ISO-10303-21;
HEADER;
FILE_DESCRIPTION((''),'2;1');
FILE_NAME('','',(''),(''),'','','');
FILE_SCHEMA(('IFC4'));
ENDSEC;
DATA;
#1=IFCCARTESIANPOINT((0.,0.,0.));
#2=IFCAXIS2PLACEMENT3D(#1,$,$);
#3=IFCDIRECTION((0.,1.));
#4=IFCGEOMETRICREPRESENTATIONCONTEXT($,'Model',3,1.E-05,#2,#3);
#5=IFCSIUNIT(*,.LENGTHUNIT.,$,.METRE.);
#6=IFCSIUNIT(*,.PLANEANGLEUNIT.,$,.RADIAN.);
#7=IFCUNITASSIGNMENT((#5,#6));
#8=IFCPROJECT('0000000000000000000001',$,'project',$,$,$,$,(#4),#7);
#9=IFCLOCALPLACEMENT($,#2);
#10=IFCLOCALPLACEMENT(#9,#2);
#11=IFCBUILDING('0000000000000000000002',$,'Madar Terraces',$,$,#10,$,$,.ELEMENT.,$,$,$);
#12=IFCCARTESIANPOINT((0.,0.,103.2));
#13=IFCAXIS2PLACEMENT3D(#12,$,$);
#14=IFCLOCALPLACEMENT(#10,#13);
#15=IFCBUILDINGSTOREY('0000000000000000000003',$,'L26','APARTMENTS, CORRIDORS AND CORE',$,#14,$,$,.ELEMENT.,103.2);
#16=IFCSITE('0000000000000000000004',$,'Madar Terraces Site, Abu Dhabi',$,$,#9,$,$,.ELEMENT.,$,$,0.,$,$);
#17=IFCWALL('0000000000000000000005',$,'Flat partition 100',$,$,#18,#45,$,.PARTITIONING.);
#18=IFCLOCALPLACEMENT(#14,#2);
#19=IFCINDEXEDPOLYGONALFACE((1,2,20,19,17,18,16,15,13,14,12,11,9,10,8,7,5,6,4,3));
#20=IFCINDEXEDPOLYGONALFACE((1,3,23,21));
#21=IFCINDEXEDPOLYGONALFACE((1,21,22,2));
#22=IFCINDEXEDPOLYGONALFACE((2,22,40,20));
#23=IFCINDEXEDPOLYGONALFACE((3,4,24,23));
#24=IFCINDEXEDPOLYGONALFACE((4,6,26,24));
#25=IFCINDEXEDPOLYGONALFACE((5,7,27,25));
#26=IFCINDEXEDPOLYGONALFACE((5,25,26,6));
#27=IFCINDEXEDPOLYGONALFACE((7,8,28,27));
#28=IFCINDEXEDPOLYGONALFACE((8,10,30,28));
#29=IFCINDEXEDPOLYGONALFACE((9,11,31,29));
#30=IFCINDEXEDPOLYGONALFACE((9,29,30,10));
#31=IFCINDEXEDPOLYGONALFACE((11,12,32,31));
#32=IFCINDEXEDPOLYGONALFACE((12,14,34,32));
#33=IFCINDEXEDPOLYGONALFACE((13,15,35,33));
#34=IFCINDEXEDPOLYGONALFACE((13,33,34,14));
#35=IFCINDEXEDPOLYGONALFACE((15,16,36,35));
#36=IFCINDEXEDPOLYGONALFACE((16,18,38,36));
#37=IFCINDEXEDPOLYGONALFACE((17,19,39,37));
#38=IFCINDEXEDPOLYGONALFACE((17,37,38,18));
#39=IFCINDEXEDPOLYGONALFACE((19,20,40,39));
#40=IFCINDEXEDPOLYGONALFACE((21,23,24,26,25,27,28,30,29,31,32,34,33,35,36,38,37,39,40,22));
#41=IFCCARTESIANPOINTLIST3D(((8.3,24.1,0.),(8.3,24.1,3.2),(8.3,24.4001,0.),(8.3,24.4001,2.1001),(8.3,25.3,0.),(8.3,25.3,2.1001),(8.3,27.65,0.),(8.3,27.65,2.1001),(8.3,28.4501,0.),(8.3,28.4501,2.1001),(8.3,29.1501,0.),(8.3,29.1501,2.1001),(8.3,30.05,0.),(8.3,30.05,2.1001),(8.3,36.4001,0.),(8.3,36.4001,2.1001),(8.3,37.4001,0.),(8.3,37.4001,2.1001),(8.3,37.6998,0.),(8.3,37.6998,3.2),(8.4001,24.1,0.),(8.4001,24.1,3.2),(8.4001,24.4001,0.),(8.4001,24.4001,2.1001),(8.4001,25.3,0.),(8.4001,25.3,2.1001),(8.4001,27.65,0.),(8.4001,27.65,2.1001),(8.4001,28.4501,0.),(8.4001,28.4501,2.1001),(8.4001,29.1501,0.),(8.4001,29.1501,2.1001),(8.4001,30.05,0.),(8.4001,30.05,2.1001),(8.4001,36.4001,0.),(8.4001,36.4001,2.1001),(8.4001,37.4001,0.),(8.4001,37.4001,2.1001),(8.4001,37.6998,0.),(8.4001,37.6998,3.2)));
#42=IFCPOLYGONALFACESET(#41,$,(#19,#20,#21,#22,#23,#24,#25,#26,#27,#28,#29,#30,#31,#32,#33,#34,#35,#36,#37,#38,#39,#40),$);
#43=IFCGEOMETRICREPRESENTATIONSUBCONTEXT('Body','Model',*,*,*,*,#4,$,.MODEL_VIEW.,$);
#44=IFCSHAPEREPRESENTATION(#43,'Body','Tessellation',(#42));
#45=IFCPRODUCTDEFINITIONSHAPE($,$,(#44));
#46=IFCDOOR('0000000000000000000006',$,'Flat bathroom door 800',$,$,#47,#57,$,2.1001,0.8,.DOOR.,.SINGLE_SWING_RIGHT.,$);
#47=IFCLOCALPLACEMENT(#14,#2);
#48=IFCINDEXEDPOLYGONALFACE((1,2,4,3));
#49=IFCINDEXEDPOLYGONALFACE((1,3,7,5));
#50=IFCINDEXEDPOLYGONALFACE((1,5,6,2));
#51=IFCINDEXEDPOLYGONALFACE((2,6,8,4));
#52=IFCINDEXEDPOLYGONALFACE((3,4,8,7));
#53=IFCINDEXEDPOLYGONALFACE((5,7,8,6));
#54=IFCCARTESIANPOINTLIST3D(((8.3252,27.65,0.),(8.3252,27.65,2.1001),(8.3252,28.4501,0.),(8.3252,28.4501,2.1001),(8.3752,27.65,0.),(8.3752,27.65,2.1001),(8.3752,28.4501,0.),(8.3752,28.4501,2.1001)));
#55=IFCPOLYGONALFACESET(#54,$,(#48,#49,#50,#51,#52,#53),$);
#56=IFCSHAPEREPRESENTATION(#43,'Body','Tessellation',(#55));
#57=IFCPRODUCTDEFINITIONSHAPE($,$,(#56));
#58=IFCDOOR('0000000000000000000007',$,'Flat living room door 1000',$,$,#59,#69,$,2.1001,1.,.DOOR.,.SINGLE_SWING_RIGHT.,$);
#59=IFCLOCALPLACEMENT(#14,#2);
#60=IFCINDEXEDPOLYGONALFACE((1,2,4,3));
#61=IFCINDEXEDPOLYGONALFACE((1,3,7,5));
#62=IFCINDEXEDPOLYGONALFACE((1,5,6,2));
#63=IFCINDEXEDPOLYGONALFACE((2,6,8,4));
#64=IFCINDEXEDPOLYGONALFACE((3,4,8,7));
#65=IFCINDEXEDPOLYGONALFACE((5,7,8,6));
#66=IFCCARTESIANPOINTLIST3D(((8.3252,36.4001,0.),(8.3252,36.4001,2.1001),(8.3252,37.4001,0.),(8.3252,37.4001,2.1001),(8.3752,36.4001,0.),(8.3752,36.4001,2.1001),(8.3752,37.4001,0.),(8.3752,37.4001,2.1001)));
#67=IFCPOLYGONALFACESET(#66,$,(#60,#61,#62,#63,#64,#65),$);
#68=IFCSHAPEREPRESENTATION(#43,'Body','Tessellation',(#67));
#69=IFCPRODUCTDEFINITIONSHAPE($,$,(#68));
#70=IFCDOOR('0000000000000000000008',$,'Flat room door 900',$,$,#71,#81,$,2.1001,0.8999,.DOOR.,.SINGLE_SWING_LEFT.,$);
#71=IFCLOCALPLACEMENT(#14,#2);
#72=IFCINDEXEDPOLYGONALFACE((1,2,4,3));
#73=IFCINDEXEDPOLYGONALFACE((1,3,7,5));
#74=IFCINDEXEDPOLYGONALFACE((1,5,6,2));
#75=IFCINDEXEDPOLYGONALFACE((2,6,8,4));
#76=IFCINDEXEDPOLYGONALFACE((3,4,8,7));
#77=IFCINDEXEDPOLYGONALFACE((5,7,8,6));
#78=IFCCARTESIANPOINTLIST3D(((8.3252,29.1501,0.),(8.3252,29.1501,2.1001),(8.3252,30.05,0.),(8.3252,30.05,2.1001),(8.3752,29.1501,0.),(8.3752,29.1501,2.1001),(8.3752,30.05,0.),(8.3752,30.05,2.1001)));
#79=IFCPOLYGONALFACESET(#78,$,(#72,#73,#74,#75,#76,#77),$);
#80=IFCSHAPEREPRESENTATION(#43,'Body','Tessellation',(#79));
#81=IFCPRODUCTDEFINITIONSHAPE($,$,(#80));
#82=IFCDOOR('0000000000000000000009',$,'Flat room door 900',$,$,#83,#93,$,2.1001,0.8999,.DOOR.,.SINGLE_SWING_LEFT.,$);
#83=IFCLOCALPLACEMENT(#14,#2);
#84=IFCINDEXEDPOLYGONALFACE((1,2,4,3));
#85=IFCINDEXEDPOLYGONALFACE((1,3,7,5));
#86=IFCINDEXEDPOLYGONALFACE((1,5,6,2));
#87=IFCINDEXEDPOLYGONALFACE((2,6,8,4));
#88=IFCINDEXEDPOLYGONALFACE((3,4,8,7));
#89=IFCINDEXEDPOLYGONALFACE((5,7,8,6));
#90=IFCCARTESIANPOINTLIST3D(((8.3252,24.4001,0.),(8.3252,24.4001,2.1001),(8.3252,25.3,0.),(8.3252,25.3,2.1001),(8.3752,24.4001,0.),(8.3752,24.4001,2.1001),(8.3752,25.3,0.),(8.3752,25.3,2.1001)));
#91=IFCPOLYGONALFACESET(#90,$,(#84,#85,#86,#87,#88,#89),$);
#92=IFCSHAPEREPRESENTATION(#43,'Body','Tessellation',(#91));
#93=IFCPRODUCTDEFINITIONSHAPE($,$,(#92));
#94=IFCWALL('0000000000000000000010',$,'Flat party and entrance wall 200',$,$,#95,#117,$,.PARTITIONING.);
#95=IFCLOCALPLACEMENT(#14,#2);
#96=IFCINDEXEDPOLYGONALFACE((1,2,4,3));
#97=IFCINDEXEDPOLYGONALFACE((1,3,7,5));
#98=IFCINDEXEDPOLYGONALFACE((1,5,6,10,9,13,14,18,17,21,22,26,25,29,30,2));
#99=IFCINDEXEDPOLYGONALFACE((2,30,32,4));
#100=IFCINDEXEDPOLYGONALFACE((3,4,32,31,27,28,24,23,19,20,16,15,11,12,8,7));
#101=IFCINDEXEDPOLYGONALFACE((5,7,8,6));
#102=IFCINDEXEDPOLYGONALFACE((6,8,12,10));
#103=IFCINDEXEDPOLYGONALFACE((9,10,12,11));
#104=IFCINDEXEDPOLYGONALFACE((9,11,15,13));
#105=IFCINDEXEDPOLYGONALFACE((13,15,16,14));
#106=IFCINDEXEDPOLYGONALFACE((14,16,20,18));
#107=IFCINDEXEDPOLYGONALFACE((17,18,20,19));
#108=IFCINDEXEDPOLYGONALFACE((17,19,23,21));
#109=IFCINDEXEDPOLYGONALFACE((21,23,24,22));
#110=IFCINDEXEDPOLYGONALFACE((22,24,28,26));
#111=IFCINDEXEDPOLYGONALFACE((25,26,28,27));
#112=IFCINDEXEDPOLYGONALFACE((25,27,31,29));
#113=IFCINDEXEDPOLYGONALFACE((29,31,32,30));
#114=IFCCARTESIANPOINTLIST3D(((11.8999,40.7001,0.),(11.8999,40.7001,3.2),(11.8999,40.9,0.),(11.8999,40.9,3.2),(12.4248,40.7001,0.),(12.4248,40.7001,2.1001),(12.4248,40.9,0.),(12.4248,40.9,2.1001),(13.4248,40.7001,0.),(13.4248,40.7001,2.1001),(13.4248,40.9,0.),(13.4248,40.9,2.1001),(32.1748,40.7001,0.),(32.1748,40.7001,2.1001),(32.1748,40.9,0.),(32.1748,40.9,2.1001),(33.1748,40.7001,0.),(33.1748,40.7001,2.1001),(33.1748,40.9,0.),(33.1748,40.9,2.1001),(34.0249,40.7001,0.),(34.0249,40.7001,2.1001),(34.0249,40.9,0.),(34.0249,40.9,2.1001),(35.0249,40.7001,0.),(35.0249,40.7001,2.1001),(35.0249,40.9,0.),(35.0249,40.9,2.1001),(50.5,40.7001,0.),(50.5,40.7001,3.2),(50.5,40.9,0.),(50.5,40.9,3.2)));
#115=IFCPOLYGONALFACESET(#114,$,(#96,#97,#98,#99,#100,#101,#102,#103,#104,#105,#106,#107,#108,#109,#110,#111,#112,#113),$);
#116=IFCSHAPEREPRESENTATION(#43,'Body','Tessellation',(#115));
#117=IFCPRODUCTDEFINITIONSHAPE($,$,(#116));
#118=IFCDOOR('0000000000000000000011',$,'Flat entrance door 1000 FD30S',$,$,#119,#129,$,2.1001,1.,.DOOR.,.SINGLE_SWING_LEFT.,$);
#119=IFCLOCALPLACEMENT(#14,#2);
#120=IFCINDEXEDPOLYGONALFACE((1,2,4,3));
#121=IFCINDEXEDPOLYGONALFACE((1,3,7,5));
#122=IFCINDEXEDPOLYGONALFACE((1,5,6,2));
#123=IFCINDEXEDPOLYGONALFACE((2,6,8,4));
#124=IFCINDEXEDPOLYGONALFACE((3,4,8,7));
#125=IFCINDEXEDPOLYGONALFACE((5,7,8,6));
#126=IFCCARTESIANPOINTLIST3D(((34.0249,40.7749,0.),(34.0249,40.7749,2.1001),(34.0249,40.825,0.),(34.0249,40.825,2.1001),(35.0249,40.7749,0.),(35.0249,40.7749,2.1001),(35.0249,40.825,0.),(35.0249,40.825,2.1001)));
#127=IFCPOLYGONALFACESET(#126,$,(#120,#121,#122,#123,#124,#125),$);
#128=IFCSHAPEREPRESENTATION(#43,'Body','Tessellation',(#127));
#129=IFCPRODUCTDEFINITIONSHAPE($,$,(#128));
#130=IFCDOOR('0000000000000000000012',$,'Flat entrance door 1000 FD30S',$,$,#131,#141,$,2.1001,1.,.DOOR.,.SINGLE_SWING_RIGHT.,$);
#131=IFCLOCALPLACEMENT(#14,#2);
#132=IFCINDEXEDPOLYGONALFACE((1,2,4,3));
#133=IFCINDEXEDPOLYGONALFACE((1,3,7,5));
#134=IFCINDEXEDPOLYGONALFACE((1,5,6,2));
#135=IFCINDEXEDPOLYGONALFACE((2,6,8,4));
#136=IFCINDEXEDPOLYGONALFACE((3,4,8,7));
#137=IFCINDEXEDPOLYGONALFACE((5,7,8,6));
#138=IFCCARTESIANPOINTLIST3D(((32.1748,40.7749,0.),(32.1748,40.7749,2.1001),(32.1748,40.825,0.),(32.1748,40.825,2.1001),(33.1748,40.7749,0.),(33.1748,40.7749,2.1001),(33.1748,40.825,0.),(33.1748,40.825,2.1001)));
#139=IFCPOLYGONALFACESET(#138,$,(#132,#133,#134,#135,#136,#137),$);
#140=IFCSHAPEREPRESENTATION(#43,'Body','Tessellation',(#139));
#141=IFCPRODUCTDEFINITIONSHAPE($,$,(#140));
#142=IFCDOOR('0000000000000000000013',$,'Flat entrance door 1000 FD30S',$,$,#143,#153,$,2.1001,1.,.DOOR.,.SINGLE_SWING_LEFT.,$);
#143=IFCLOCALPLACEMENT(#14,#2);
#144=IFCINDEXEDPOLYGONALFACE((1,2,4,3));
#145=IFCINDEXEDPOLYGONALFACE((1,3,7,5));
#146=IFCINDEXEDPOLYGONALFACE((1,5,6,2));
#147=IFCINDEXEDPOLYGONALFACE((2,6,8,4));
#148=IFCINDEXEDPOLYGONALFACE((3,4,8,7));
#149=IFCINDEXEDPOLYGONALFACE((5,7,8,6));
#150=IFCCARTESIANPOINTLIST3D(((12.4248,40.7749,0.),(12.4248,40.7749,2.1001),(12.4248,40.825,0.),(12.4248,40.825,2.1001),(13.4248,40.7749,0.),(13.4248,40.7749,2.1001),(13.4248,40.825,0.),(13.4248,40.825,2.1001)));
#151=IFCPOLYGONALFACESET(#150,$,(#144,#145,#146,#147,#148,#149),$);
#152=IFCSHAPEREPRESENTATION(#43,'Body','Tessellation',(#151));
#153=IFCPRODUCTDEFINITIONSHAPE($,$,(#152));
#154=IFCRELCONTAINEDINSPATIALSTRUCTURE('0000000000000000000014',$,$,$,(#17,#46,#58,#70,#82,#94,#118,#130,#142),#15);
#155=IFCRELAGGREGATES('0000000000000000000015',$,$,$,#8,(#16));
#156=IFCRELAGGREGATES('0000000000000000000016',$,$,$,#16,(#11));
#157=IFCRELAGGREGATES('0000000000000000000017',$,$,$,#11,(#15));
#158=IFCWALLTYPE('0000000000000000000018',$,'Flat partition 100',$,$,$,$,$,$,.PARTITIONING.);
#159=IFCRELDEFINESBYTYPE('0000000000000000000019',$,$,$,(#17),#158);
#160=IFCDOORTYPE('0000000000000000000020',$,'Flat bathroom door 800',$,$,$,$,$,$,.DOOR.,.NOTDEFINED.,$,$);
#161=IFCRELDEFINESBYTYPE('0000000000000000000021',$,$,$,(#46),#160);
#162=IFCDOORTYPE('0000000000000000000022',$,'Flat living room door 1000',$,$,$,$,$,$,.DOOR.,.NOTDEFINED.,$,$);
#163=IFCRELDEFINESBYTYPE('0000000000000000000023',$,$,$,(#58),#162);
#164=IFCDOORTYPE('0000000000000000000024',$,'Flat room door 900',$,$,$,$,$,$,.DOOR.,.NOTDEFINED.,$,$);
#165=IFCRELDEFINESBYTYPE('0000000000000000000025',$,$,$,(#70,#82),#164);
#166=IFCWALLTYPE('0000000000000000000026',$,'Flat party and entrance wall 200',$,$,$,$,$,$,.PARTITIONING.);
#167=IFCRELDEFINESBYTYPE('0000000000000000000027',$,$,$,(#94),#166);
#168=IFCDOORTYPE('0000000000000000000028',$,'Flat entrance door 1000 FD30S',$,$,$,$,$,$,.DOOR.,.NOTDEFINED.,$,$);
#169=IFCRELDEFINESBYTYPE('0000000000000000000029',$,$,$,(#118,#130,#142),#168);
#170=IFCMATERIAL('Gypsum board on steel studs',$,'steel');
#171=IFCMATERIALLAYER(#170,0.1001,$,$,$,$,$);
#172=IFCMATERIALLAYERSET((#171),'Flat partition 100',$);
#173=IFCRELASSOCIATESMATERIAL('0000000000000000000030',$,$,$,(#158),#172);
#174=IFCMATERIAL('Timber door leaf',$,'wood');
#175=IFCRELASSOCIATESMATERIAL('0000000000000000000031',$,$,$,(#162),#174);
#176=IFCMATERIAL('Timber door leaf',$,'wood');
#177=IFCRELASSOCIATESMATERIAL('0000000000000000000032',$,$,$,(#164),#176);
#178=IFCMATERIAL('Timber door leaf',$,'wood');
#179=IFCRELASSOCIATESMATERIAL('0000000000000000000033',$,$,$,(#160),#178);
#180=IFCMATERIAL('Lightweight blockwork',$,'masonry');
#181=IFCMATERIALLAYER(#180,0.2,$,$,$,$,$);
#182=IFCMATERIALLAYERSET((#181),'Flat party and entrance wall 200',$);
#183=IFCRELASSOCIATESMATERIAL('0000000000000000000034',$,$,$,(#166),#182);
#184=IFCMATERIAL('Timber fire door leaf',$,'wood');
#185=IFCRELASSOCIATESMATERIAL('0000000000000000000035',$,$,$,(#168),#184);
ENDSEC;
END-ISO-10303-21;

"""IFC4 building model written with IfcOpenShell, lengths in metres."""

from ifc_helpers import new_model, si_unit, direction, frame, frame_2d, origin, place, context, subcontext, project, spatial, rectangle, extrude, material, layer, layer_set, type_object, element, fill, save


model = new_model("IFC4")

# Units and contexts
model_context = context("Model", 3, precision=1e-05, world=origin(), true_north=direction((0.0, 1.0)))
body_context = subcontext(model_context, "Body", "Model", "MODEL_VIEW")
ifc_project = project(units=[si_unit("LENGTHUNIT", "METRE"), si_unit("PLANEANGLEUNIT", "RADIAN")], contexts=[model_context])

# Site, building, storey
site_placement = place(None, origin())
site = spatial("IfcSite", under=ifc_project, at=site_placement, Name="Madar Terraces Site, Abu Dhabi", CompositionType="ELEMENT", RefElevation=0.0)
building_placement = place(site_placement, origin())
building = spatial("IfcBuilding", under=site, at=building_placement, Name="Madar Terraces", CompositionType="ELEMENT")
storey_placement = place(building_placement, frame((0.0, 0.0, 103.2)))
storey = spatial("IfcBuildingStorey", under=building, at=storey_placement, Name="L26", Description="APARTMENTS, CORRIDORS AND CORE", CompositionType="ELEMENT", Elevation=103.2)

# Shared definitions
ifc_material_1 = material(Name="Gypsum board on steel studs", Category="steel")
ifc_layer_1 = layer(ifc_material_1, 0.1001)
ifc_layer_set_1 = layer_set([ifc_layer_1], Name="Flat partition 100")
wall_type_1 = type_object("IfcWallType", Name="Flat partition 100", PredefinedType="PARTITIONING", material=ifc_layer_set_1)

# Walls, openings, doors
ifc_material_2 = material(Name="Timber door leaf", Category="wood")
door_type_1 = type_object("IfcDoorType", Name="Flat living room door 1000", OperationType="NOTDEFINED", PredefinedType="DOOR", material=ifc_material_2)
ifc_material_3 = material(Name="Timber door leaf", Category="wood")
door_type_2 = type_object("IfcDoorType", Name="Flat room door 900", OperationType="NOTDEFINED", PredefinedType="DOOR", material=ifc_material_3)
wall_1_placement = place(storey_placement, frame((8.3501, 24.1001, 0.0), z_axis=(0.0, 0.0, 1.0), x_axis=(0.0, 1.0, 0.0)))
wall_1 = element("IfcWall", 1, at=wall_1_placement, inside=storey, type_object=wall_type_1, Name="Flat partition 100", PredefinedType="PARTITIONING", context=body_context, shape_type="SweptSolid", body=[
    extrude(rectangle(XDim=13.5999, YDim=0.1001, at=frame_2d((6.7998, 0.0))), origin(), (0.0, 0.0, 1.0), 3.2),
])
opening_1_placement = place(wall_1_placement, frame((12.3, 0.0, 0.0)))
opening_1 = element("IfcOpeningElement", 2, at=opening_1_placement, cuts=wall_1, PredefinedType="OPENING", context=body_context, shape_type="SweptSolid", body=[
    extrude(rectangle(XDim=1.0, YDim=2.1001, at=frame_2d((0.5, 1.05))), frame((0.0, 0.0601, 0.0), z_axis=(0.0, -1.0, 0.0), x_axis=(1.0, 0.0, 0.0)), (0.0, 0.0, 1.0), 0.1201),
])
opening_2_placement = place(wall_1_placement, frame((5.05, 0.0, 0.0)))
opening_2 = element("IfcOpeningElement", 3, at=opening_2_placement, cuts=wall_1, PredefinedType="OPENING", context=body_context, shape_type="SweptSolid", body=[
    extrude(rectangle(XDim=0.8999, YDim=2.1001, at=frame_2d((0.45, 1.05))), frame((0.0, 0.0601, 0.0), z_axis=(0.0, -1.0, 0.0), x_axis=(1.0, 0.0, 0.0)), (0.0, 0.0, 1.0), 0.1201),
])
opening_3_placement = place(wall_1_placement, frame((3.55, 0.0, 0.0)))
opening_3 = element("IfcOpeningElement", 4, at=opening_3_placement, cuts=wall_1, PredefinedType="OPENING", context=body_context, shape_type="SweptSolid", body=[
    extrude(rectangle(XDim=0.8, YDim=2.1001, at=frame_2d((0.3999, 1.05))), frame((0.0, 0.0601, 0.0), z_axis=(0.0, -1.0, 0.0), x_axis=(1.0, 0.0, 0.0)), (0.0, 0.0, 1.0), 0.1201),
])
opening_4_placement = place(wall_1_placement, frame((0.3, 0.0, 0.0)))
opening_4 = element("IfcOpeningElement", 5, at=opening_4_placement, cuts=wall_1, PredefinedType="OPENING", context=body_context, shape_type="SweptSolid", body=[
    extrude(rectangle(XDim=0.8999, YDim=2.1001, at=frame_2d((0.45, 1.05))), frame((0.0, 0.0601, 0.0), z_axis=(0.0, -1.0, 0.0), x_axis=(1.0, 0.0, 0.0)), (0.0, 0.0, 1.0), 0.1201),
])
ifc_material_4 = material(Name="Timber door leaf", Category="wood")
door_type_3 = type_object("IfcDoorType", Name="Flat bathroom door 800", OperationType="NOTDEFINED", PredefinedType="DOOR", material=ifc_material_4)
door_1_placement = place(opening_3_placement, origin())
door_1 = element("IfcDoor", 6, at=door_1_placement, inside=storey, type_object=door_type_3, Name="Flat bathroom door 800", OperationType="SINGLE_SWING_RIGHT", OverallHeight=2.1001, OverallWidth=0.8, PredefinedType="DOOR", context=body_context, shape_type="SweptSolid", body=[
    extrude(rectangle(XDim=0.8, YDim=2.1001, at=frame_2d((0.3999, 1.05))), frame((0.0, 0.0249, 0.0), z_axis=(0.0, -1.0, 0.0), x_axis=(1.0, 0.0, 0.0)), (0.0, 0.0, 1.0), 0.05),
])
fill(opening_3, door_1)
door_2_placement = place(opening_1_placement, origin())
door_2 = element("IfcDoor", 7, at=door_2_placement, inside=storey, type_object=door_type_1, Name="Flat living room door 1000", OperationType="SINGLE_SWING_RIGHT", OverallHeight=2.1001, OverallWidth=1.0, PredefinedType="DOOR", context=body_context, shape_type="SweptSolid", body=[
    extrude(rectangle(XDim=1.0, YDim=2.1001, at=frame_2d((0.5, 1.05))), frame((0.0, 0.0249, 0.0), z_axis=(0.0, -1.0, 0.0), x_axis=(1.0, 0.0, 0.0)), (0.0, 0.0, 1.0), 0.05),
])
fill(opening_1, door_2)
door_3_placement = place(opening_2_placement, origin())
door_3 = element("IfcDoor", 8, at=door_3_placement, inside=storey, type_object=door_type_2, Name="Flat room door 900", OperationType="SINGLE_SWING_LEFT", OverallHeight=2.1001, OverallWidth=0.8999, PredefinedType="DOOR", context=body_context, shape_type="SweptSolid", body=[
    extrude(rectangle(XDim=0.8999, YDim=2.1001, at=frame_2d((0.45, 1.05))), frame((0.0, 0.0249, 0.0), z_axis=(0.0, -1.0, 0.0), x_axis=(1.0, 0.0, 0.0)), (0.0, 0.0, 1.0), 0.05),
])
fill(opening_2, door_3)
door_4_placement = place(opening_4_placement, origin())
door_4 = element("IfcDoor", 9, at=door_4_placement, inside=storey, type_object=door_type_2, Name="Flat room door 900", OperationType="SINGLE_SWING_LEFT", OverallHeight=2.1001, OverallWidth=0.8999, PredefinedType="DOOR", context=body_context, shape_type="SweptSolid", body=[
    extrude(rectangle(XDim=0.8999, YDim=2.1001, at=frame_2d((0.45, 1.05))), frame((0.0, 0.0249, 0.0), z_axis=(0.0, -1.0, 0.0), x_axis=(1.0, 0.0, 0.0)), (0.0, 0.0, 1.0), 0.05),
])
fill(opening_4, door_4)
ifc_material_5 = material(Name="Lightweight blockwork", Category="masonry")
ifc_layer_2 = layer(ifc_material_5, 0.2)
ifc_layer_set_2 = layer_set([ifc_layer_2], Name="Flat party and entrance wall 200")
wall_type_2 = type_object("IfcWallType", Name="Flat party and entrance wall 200", PredefinedType="PARTITIONING", material=ifc_layer_set_2)
wall_2_placement = place(storey_placement, frame((11.8999, 40.8, 0.0), z_axis=(0.0, 0.0, 1.0), x_axis=(1.0, 0.0, 0.0)))
wall_2 = element("IfcWall", 10, at=wall_2_placement, inside=storey, type_object=wall_type_2, Name="Flat party and entrance wall 200", PredefinedType="PARTITIONING", context=body_context, shape_type="SweptSolid", body=[
    extrude(rectangle(XDim=38.6001, YDim=0.2, at=frame_2d((19.3, 0.0))), origin(), (0.0, 0.0, 1.0), 3.2),
])
opening_5_placement = place(wall_2_placement, frame((22.125, 0.0, 0.0)))
opening_5 = element("IfcOpeningElement", 11, at=opening_5_placement, cuts=wall_2, PredefinedType="OPENING", context=body_context, shape_type="SweptSolid", body=[
    extrude(rectangle(XDim=1.0, YDim=2.1001, at=frame_2d((0.5, 1.05))), frame((0.0, 0.1099, 0.0), z_axis=(0.0, -1.0, 0.0), x_axis=(1.0, 0.0, 0.0)), (0.0, 0.0, 1.0), 0.22),
])
opening_6_placement = place(wall_2_placement, frame((20.2749, 0.0, 0.0)))
opening_6 = element("IfcOpeningElement", 12, at=opening_6_placement, cuts=wall_2, PredefinedType="OPENING", context=body_context, shape_type="SweptSolid", body=[
    extrude(rectangle(XDim=1.0, YDim=2.1001, at=frame_2d((0.5, 1.05))), frame((0.0, 0.1099, 0.0), z_axis=(0.0, -1.0, 0.0), x_axis=(1.0, 0.0, 0.0)), (0.0, 0.0, 1.0), 0.22),
])
opening_7_placement = place(wall_2_placement, frame((0.5249, 0.0, 0.0)))
opening_7 = element("IfcOpeningElement", 13, at=opening_7_placement, cuts=wall_2, PredefinedType="OPENING", context=body_context, shape_type="SweptSolid", body=[
    extrude(rectangle(XDim=1.0, YDim=2.1001, at=frame_2d((0.5, 1.05))), frame((0.0, 0.1099, 0.0), z_axis=(0.0, -1.0, 0.0), x_axis=(1.0, 0.0, 0.0)), (0.0, 0.0, 1.0), 0.22),
])
ifc_material_6 = material(Name="Timber fire door leaf", Category="wood")
door_type_4 = type_object("IfcDoorType", Name="Flat entrance door 1000 FD30S", OperationType="NOTDEFINED", PredefinedType="DOOR", material=ifc_material_6)
door_5_placement = place(opening_5_placement, origin())
door_5 = element("IfcDoor", 14, at=door_5_placement, inside=storey, type_object=door_type_4, Name="Flat entrance door 1000 FD30S", OperationType="SINGLE_SWING_LEFT", OverallHeight=2.1001, OverallWidth=1.0, PredefinedType="DOOR", context=body_context, shape_type="SweptSolid", body=[
    extrude(rectangle(XDim=1.0, YDim=2.1001, at=frame_2d((0.5, 1.05))), frame((0.0, 0.0249, 0.0), z_axis=(0.0, -1.0, 0.0), x_axis=(1.0, 0.0, 0.0)), (0.0, 0.0, 1.0), 0.05),
])
fill(opening_5, door_5)
door_6_placement = place(opening_6_placement, origin())
door_6 = element("IfcDoor", 15, at=door_6_placement, inside=storey, type_object=door_type_4, Name="Flat entrance door 1000 FD30S", OperationType="SINGLE_SWING_RIGHT", OverallHeight=2.1001, OverallWidth=1.0, PredefinedType="DOOR", context=body_context, shape_type="SweptSolid", body=[
    extrude(rectangle(XDim=1.0, YDim=2.1001, at=frame_2d((0.5, 1.05))), frame((0.0, 0.0249, 0.0), z_axis=(0.0, -1.0, 0.0), x_axis=(1.0, 0.0, 0.0)), (0.0, 0.0, 1.0), 0.05),
])
fill(opening_6, door_6)
door_7_placement = place(opening_7_placement, origin())
door_7 = element("IfcDoor", 16, at=door_7_placement, inside=storey, type_object=door_type_4, Name="Flat entrance door 1000 FD30S", OperationType="SINGLE_SWING_LEFT", OverallHeight=2.1001, OverallWidth=1.0, PredefinedType="DOOR", context=body_context, shape_type="SweptSolid", body=[
    extrude(rectangle(XDim=1.0, YDim=2.1001, at=frame_2d((0.5, 1.05))), frame((0.0, 0.0249, 0.0), z_axis=(0.0, -1.0, 0.0), x_axis=(1.0, 0.0, 0.0)), (0.0, 0.0, 1.0), 0.05),
])
fill(opening_7, door_7)

save(model, "model.ifc")
